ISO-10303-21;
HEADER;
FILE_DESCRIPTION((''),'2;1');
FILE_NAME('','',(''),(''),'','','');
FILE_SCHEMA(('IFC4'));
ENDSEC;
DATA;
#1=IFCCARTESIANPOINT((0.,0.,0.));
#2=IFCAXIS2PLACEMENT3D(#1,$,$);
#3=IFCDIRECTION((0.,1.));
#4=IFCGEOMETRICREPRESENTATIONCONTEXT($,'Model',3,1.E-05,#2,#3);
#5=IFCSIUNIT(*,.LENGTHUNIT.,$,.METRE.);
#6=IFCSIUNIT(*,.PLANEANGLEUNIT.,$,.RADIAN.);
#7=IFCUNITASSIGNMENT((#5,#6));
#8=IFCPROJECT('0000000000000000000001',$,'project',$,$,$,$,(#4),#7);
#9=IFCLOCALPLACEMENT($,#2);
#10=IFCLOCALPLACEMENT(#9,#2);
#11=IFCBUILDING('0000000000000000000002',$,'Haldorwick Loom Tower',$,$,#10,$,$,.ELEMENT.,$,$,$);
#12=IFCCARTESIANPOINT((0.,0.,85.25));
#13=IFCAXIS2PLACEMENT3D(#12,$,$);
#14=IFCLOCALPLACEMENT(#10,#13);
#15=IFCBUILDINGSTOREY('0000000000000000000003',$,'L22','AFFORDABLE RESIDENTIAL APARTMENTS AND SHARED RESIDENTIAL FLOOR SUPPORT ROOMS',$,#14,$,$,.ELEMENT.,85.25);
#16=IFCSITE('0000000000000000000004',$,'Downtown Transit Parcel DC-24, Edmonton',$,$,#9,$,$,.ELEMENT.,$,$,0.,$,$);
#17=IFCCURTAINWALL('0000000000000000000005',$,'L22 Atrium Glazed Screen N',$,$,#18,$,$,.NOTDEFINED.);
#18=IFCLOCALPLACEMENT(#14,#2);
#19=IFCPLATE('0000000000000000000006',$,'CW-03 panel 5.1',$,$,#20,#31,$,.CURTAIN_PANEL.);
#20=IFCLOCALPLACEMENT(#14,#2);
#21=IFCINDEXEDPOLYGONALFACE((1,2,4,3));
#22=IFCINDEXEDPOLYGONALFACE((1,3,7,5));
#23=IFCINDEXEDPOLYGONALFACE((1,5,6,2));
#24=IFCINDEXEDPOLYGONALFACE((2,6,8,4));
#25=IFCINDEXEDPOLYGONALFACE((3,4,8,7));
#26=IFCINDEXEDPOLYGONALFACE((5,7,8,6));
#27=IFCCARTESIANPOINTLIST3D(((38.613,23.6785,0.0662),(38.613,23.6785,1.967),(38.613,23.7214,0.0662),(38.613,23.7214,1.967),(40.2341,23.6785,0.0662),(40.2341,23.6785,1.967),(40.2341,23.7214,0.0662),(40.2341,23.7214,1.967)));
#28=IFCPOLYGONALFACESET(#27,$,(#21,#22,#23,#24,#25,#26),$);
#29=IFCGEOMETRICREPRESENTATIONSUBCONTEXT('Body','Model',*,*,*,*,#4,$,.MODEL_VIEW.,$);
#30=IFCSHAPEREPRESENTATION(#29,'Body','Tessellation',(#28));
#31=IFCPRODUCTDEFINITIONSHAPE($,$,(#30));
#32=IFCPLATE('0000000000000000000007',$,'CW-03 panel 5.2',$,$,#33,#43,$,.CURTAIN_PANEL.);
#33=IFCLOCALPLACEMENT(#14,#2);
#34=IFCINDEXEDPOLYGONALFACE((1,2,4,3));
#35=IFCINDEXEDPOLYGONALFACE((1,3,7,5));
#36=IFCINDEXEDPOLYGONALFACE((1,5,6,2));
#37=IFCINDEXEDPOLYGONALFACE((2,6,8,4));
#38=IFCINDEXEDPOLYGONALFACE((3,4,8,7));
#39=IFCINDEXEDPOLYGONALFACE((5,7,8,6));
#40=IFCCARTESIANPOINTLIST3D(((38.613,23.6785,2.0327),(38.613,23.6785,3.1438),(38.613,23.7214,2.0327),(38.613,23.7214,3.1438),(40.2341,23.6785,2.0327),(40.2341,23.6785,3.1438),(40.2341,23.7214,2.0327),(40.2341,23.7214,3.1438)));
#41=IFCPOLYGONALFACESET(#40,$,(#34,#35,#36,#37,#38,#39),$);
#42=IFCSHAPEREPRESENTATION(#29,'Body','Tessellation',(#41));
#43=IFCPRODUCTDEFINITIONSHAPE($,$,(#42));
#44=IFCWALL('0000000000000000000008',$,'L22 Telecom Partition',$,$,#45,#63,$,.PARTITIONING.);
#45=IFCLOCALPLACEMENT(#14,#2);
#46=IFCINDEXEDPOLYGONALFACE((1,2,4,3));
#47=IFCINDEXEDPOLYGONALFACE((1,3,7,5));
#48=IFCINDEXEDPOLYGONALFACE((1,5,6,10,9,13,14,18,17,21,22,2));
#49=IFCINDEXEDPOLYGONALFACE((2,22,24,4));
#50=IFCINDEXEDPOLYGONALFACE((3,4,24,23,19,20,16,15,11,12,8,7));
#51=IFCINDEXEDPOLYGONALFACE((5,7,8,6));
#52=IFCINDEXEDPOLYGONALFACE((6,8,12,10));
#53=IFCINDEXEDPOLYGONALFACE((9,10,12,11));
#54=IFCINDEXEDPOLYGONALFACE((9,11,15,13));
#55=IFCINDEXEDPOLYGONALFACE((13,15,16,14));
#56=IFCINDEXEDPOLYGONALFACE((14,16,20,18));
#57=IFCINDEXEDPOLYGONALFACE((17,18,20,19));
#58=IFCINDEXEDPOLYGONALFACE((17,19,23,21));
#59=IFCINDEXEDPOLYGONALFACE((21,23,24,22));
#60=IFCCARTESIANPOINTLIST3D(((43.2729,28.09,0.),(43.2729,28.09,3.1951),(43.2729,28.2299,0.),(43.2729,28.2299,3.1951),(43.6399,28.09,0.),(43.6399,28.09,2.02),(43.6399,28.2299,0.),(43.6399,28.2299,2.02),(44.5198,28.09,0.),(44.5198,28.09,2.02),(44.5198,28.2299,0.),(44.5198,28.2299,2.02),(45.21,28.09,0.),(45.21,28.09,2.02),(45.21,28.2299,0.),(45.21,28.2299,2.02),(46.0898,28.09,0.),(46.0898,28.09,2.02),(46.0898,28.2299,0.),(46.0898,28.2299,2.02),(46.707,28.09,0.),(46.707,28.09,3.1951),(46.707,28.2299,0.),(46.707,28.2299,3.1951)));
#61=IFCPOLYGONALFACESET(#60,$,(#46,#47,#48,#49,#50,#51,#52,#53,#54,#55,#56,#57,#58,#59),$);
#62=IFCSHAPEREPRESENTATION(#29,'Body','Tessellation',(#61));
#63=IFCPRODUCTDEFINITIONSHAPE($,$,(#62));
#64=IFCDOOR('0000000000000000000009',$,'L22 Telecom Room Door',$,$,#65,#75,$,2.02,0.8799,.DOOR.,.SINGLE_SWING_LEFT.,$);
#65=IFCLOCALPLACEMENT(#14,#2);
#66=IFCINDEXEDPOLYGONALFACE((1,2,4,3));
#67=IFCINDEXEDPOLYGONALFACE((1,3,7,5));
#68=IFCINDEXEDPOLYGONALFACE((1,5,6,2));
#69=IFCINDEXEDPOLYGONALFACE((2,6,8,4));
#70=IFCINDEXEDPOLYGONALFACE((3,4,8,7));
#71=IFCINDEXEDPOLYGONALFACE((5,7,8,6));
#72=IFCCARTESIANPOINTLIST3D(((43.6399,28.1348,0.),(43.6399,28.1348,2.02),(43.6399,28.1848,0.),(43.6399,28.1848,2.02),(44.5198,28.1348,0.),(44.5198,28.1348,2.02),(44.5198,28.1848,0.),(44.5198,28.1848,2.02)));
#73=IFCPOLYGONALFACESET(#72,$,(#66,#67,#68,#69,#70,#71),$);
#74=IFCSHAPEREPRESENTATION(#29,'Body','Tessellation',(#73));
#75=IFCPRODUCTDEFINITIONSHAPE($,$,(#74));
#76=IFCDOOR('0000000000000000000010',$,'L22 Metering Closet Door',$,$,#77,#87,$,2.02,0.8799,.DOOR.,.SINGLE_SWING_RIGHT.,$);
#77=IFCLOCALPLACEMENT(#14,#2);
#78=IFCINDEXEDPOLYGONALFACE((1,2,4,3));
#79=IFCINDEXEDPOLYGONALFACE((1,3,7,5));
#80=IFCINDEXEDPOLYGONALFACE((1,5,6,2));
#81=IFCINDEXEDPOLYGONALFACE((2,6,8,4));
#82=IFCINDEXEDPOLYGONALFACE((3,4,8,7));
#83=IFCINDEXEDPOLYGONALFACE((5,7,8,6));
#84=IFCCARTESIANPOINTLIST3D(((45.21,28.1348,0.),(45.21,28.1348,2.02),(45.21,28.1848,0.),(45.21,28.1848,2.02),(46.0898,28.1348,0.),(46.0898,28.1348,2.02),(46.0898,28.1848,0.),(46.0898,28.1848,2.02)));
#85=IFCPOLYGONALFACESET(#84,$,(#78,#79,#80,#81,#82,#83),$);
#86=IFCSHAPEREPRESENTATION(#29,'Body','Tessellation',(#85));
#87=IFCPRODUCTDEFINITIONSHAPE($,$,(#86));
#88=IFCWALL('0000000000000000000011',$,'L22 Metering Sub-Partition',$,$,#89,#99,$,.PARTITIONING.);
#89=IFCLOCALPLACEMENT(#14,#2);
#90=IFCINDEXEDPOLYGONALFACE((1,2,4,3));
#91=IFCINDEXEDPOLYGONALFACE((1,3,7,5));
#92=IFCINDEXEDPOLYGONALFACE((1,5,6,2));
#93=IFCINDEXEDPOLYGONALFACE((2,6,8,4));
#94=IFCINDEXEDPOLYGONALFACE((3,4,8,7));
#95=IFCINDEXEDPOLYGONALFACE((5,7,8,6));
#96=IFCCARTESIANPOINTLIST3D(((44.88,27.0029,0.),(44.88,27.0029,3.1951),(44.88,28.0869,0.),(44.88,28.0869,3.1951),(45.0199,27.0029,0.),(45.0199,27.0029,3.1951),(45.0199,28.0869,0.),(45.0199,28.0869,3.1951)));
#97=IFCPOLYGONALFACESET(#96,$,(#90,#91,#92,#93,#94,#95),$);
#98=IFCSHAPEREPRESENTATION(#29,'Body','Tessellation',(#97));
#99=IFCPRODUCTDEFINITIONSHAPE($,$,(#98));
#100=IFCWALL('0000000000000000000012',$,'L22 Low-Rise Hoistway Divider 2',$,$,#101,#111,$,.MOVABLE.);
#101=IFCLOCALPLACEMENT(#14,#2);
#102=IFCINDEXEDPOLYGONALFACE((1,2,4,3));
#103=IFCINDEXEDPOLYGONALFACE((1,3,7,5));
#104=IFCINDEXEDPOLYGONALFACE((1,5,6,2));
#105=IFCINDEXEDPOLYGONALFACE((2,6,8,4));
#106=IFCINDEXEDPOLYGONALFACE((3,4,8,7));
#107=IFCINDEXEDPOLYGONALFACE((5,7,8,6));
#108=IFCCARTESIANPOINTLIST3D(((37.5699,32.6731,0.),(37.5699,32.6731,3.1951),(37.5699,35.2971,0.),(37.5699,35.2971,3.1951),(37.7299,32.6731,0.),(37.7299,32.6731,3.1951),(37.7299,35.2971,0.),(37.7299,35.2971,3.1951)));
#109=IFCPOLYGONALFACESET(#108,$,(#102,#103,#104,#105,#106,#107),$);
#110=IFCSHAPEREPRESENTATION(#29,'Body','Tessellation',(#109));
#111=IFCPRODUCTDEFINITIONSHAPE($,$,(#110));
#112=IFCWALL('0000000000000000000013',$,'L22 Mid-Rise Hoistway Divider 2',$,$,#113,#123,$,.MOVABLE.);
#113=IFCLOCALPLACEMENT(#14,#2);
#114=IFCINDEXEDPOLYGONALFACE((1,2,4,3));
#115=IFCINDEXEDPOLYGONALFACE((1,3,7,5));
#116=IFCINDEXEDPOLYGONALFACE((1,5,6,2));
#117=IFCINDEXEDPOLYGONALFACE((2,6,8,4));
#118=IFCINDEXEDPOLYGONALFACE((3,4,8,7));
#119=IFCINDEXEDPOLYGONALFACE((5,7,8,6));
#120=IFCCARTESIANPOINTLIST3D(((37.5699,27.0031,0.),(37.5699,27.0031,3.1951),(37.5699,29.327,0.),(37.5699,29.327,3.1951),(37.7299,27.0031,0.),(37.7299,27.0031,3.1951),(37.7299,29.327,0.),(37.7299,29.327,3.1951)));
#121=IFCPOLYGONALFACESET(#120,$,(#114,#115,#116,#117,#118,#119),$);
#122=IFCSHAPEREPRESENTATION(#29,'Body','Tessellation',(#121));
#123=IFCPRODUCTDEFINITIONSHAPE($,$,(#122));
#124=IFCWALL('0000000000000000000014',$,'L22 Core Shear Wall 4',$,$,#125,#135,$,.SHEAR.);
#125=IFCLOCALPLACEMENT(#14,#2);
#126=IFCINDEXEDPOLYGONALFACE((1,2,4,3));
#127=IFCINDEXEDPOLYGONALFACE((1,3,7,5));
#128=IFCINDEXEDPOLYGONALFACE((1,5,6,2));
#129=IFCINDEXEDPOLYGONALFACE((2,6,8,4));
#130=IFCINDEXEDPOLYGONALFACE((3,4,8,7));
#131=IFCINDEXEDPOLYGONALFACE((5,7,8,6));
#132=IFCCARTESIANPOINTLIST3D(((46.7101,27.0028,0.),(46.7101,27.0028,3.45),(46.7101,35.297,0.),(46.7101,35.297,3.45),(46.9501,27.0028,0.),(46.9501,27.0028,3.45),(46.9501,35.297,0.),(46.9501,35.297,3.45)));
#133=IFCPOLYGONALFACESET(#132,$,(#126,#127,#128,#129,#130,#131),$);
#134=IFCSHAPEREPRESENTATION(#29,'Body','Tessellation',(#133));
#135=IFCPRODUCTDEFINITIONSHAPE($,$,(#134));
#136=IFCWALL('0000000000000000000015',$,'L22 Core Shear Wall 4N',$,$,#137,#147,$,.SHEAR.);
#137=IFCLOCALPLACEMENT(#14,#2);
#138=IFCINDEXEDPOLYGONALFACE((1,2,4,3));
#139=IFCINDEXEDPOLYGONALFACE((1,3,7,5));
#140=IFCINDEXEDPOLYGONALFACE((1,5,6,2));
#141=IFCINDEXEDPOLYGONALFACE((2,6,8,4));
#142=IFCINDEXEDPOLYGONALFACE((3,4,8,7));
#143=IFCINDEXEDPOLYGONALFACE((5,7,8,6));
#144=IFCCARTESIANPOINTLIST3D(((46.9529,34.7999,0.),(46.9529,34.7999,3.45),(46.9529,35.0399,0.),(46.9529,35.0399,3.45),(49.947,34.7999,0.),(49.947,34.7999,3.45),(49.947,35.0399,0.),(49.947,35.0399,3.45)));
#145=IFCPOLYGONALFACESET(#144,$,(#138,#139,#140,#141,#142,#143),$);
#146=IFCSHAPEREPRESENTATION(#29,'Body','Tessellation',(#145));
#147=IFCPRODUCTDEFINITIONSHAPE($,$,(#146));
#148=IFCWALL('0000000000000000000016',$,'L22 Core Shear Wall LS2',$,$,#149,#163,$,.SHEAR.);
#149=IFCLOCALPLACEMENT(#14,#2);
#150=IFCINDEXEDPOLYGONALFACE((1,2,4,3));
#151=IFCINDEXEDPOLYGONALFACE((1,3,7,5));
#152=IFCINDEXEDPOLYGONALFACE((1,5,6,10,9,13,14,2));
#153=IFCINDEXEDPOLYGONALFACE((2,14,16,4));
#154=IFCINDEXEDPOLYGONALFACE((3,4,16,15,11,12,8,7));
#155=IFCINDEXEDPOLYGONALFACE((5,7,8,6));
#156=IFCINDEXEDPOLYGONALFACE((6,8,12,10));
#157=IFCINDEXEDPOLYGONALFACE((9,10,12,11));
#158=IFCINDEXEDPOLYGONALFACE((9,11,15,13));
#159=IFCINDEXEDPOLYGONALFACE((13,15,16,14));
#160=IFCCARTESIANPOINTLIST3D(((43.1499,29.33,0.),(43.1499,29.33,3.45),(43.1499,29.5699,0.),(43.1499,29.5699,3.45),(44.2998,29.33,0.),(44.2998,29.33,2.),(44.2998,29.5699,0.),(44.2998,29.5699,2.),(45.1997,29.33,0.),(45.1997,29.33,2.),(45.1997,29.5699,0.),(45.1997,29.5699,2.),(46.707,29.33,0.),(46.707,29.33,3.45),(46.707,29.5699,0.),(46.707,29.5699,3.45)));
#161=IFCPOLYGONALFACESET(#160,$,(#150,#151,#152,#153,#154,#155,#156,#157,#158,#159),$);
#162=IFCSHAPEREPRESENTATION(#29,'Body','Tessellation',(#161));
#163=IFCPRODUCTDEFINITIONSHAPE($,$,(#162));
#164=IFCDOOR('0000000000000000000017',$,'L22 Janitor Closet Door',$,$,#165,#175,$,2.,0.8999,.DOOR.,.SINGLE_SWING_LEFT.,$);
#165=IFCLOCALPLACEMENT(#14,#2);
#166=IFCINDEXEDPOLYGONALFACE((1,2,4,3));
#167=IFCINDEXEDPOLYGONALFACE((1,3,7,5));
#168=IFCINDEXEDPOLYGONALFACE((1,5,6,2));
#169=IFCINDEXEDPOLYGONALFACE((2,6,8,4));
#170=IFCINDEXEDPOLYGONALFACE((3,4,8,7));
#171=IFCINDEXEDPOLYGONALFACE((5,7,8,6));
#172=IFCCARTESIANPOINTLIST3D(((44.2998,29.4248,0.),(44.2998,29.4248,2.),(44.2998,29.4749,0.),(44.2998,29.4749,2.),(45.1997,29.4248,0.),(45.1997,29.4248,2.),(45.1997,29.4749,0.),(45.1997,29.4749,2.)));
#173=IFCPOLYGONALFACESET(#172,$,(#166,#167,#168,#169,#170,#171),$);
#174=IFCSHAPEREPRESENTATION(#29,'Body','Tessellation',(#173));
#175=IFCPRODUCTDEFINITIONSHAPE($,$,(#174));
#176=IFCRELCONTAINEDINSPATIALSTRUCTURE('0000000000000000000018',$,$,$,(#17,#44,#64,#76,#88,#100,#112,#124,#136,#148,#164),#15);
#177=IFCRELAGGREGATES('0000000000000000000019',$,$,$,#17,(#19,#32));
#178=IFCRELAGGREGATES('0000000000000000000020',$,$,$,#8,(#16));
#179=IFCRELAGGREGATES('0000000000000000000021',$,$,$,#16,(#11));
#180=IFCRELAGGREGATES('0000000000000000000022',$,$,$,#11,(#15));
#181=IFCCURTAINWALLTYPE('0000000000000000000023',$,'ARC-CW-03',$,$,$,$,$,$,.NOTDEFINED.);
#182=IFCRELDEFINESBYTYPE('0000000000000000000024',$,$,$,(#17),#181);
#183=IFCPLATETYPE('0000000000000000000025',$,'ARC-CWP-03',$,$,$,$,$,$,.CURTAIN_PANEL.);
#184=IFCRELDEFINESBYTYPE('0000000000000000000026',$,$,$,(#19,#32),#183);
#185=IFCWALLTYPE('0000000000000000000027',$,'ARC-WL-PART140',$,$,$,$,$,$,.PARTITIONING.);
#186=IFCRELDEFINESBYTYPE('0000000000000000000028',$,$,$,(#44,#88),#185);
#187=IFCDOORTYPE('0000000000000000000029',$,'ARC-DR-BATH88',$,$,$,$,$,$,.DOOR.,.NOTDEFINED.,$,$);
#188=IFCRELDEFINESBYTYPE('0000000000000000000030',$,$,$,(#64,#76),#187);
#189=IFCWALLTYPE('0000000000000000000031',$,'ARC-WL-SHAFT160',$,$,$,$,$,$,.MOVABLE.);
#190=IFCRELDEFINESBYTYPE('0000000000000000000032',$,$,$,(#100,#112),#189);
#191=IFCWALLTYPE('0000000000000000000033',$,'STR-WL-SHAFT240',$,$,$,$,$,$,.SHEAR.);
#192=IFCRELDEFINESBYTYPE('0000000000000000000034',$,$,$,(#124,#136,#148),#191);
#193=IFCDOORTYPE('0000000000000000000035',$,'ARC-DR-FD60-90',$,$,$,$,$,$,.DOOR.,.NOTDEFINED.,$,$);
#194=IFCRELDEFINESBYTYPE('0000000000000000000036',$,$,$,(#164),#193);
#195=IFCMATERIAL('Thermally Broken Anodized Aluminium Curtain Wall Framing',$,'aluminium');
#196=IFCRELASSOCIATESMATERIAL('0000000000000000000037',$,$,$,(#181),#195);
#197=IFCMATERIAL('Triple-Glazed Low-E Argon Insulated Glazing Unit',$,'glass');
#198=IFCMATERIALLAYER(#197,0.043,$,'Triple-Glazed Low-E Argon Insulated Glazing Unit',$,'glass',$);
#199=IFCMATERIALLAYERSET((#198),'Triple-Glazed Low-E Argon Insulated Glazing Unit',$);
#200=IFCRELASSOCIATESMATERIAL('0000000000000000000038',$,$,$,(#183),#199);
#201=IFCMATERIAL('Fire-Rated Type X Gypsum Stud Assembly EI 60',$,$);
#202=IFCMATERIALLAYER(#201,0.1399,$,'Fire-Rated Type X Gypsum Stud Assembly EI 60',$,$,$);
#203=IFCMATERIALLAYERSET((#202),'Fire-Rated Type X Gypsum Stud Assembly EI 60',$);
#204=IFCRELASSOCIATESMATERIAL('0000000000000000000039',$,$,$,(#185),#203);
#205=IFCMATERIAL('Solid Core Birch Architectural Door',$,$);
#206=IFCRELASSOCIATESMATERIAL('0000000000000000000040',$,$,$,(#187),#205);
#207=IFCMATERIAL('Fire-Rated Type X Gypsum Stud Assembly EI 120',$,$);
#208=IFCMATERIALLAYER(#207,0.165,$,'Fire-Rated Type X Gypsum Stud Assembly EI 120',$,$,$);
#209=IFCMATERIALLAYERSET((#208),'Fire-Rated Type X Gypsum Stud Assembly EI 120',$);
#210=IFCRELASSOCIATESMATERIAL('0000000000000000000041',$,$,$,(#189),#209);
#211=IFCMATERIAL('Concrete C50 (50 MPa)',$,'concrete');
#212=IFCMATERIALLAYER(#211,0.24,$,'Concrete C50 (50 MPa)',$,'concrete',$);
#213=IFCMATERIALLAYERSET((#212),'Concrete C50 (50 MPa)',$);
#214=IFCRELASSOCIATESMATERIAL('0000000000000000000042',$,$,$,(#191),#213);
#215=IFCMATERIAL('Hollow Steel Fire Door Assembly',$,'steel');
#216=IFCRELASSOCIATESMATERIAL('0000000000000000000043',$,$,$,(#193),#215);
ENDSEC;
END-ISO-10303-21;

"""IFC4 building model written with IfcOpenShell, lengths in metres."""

from ifc_helpers import new_model, si_unit, direction, frame, frame_2d, origin, origin_2d, place, context, subcontext, project, spatial, rectangle, extrude, material, layer, layer_set, type_object, element, fill, aggregate, save


model = new_model("IFC4")

# Units and contexts
model_context = context("Model", 3, precision=1e-05, world=origin(), true_north=direction((0.0, 1.0)))
body_context = subcontext(model_context, "Body", "Model", "MODEL_VIEW")
ifc_project = project(units=[si_unit("LENGTHUNIT", "METRE"), si_unit("PLANEANGLEUNIT", "RADIAN")], contexts=[model_context])

# Site, building, storey
site_placement = place(None, origin())
site = spatial("IfcSite", under=ifc_project, at=site_placement, Name="Downtown Transit Parcel DC-24, Edmonton", CompositionType="ELEMENT", RefElevation=0.0)
building_placement = place(site_placement, origin())
building = spatial("IfcBuilding", under=site, at=building_placement, Name="Haldorwick Loom Tower", CompositionType="ELEMENT")
storey_placement = place(building_placement, frame((0.0, 0.0, 85.25)))
storey = spatial("IfcBuildingStorey", under=building, at=storey_placement, Name="L22", Description="AFFORDABLE RESIDENTIAL APARTMENTS AND SHARED RESIDENTIAL FLOOR SUPPORT ROOMS", CompositionType="ELEMENT", Elevation=85.25)

# Curtain wall
ifc_material_1 = material(Name="Thermally Broken Anodized Aluminium Curtain Wall Framing", Category="aluminium")
curtain_wall_type = type_object("IfcCurtainWallType", Name="ARC-CW-03", PredefinedType="NOTDEFINED", material=ifc_material_1)
curtain_wall_placement = place(storey_placement, origin())
curtain_wall = element("IfcCurtainWall", 1, at=curtain_wall_placement, inside=storey, type_object=curtain_wall_type, Name="L22 Atrium Glazed Screen N", PredefinedType="NOTDEFINED")

# Plates
ifc_material_2 = material(Name="Triple-Glazed Low-E Argon Insulated Glazing Unit", Category="glass")
ifc_layer_1 = layer(ifc_material_2, 0.043, Name="Triple-Glazed Low-E Argon Insulated Glazing Unit", Category="glass")
ifc_layer_set_1 = layer_set([ifc_layer_1], Name="Triple-Glazed Low-E Argon Insulated Glazing Unit")
plate_type = type_object("IfcPlateType", Name="ARC-CWP-03", PredefinedType="CURTAIN_PANEL", material=ifc_layer_set_1)
plate_1_placement = place(storey_placement, frame((39.4236, 23.7, 0.0662), z_axis=(0.0, 0.0, 1.0), x_axis=(1.0, 0.0, 0.0)))
plate_1 = element("IfcPlate", 2, at=plate_1_placement, type_object=plate_type, Name="CW-03 panel 5.1", PredefinedType="CURTAIN_PANEL", context=body_context, shape_type="SweptSolid", body=[
    extrude(rectangle(XDim=1.6211, YDim=0.043, at=origin_2d()), origin(), (0.0, 0.0, 1.0), 1.9009),
])
plate_2_placement = place(storey_placement, frame((39.4236, 23.7, 2.0327), z_axis=(0.0, 0.0, 1.0), x_axis=(1.0, 0.0, 0.0)))
plate_2 = element("IfcPlate", 3, at=plate_2_placement, type_object=plate_type, Name="CW-03 panel 5.2", PredefinedType="CURTAIN_PANEL", context=body_context, shape_type="SweptSolid", body=[
    extrude(rectangle(XDim=1.6211, YDim=0.043, at=origin_2d()), origin(), (0.0, 0.0, 1.0), 1.1111),
])
aggregate(curtain_wall, [plate_1, plate_2])

# Wall, openings, doors
ifc_material_3 = material(Name="Fire-Rated Type X Gypsum Stud Assembly EI 60")
ifc_layer_2 = layer(ifc_material_3, 0.1399, Name="Fire-Rated Type X Gypsum Stud Assembly EI 60")
ifc_layer_set_2 = layer_set([ifc_layer_2], Name="Fire-Rated Type X Gypsum Stud Assembly EI 60")
wall_type_1 = type_object("IfcWallType", Name="ARC-WL-PART140", PredefinedType="PARTITIONING", material=ifc_layer_set_2)
wall_1_placement = place(storey_placement, frame((43.2729, 28.1599, 0.0), z_axis=(0.0, 0.0, 1.0), x_axis=(1.0, 0.0, 0.0)))
wall_1 = element("IfcWall", 4, at=wall_1_placement, inside=storey, type_object=wall_type_1, Name="L22 Telecom Partition", PredefinedType="PARTITIONING", context=body_context, shape_type="SweptSolid", body=[
    extrude(rectangle(XDim=3.4341, YDim=0.1399, at=frame_2d((1.717, 0.0))), origin(), (0.0, 0.0, 1.0), 3.1951),
])
opening_1_placement = place(wall_1_placement, frame((0.3669, 0.0, 0.0)))
opening_1 = element("IfcOpeningElement", 5, at=opening_1_placement, cuts=wall_1, PredefinedType="OPENING", context=body_context, shape_type="SweptSolid", body=[
    extrude(rectangle(XDim=0.8799, YDim=2.02, at=frame_2d((0.4399, 1.01))), frame((0.0, 0.0798, 0.0), z_axis=(0.0, -1.0, 0.0), x_axis=(1.0, 0.0, 0.0)), (0.0, 0.0, 1.0), 0.1599),
])
opening_2_placement = place(wall_1_placement, frame((1.937, 0.0, 0.0)))
opening_2 = element("IfcOpeningElement", 6, at=opening_2_placement, cuts=wall_1, PredefinedType="OPENING", context=body_context, shape_type="SweptSolid", body=[
    extrude(rectangle(XDim=0.8799, YDim=2.02, at=frame_2d((0.4399, 1.01))), frame((0.0, 0.0798, 0.0), z_axis=(0.0, -1.0, 0.0), x_axis=(1.0, 0.0, 0.0)), (0.0, 0.0, 1.0), 0.1599),
])
ifc_material_4 = material(Name="Solid Core Birch Architectural Door")
door_type_1 = type_object("IfcDoorType", Name="ARC-DR-BATH88", OperationType="NOTDEFINED", PredefinedType="DOOR", material=ifc_material_4)
door_1_placement = place(opening_1_placement, origin())
door_1 = element("IfcDoor", 7, at=door_1_placement, inside=storey, type_object=door_type_1, Name="L22 Telecom Room Door", OperationType="SINGLE_SWING_LEFT", OverallHeight=2.02, OverallWidth=0.8799, PredefinedType="DOOR", context=body_context, shape_type="SweptSolid", body=[
    extrude(rectangle(XDim=0.8799, YDim=2.02, at=frame_2d((0.4399, 1.01))), frame((0.0, 0.0249, 0.0), z_axis=(0.0, -1.0, 0.0), x_axis=(1.0, 0.0, 0.0)), (0.0, 0.0, 1.0), 0.05),
])
fill(opening_1, door_1)
door_2_placement = place(opening_2_placement, origin())
door_2 = element("IfcDoor", 8, at=door_2_placement, inside=storey, type_object=door_type_1, Name="L22 Metering Closet Door", OperationType="SINGLE_SWING_RIGHT", OverallHeight=2.02, OverallWidth=0.8799, PredefinedType="DOOR", context=body_context, shape_type="SweptSolid", body=[
    extrude(rectangle(XDim=0.8799, YDim=2.02, at=frame_2d((0.4399, 1.01))), frame((0.0, 0.0249, 0.0), z_axis=(0.0, -1.0, 0.0), x_axis=(1.0, 0.0, 0.0)), (0.0, 0.0, 1.0), 0.05),
])
fill(opening_2, door_2)

# Walls
wall_2_placement = place(storey_placement, frame((44.95, 27.0029, 0.0), z_axis=(0.0, 0.0, 1.0), x_axis=(0.0, 1.0, 0.0)))
element("IfcWall", 9, at=wall_2_placement, inside=storey, type_object=wall_type_1, Name="L22 Metering Sub-Partition", PredefinedType="PARTITIONING", context=body_context, shape_type="SweptSolid", body=[
    extrude(rectangle(XDim=1.084, YDim=0.1399, at=frame_2d((0.542, 0.0))), origin(), (0.0, 0.0, 1.0), 3.1951),
])
ifc_material_5 = material(Name="Fire-Rated Type X Gypsum Stud Assembly EI 120")
ifc_layer_3 = layer(ifc_material_5, 0.165, Name="Fire-Rated Type X Gypsum Stud Assembly EI 120")
ifc_layer_set_3 = layer_set([ifc_layer_3], Name="Fire-Rated Type X Gypsum Stud Assembly EI 120")
wall_type_2 = type_object("IfcWallType", Name="ARC-WL-SHAFT160", PredefinedType="MOVABLE", material=ifc_layer_set_3)
wall_3_placement = place(storey_placement, frame((37.6499, 32.6731, 0.0), z_axis=(0.0, 0.0, 1.0), x_axis=(0.0, 1.0, 0.0)))
element("IfcWall", 10, at=wall_3_placement, inside=storey, type_object=wall_type_2, Name="L22 Low-Rise Hoistway Divider 2", PredefinedType="MOVABLE", context=body_context, shape_type="SweptSolid", body=[
    extrude(rectangle(XDim=2.624, YDim=0.1599, at=frame_2d((1.312, 0.0))), origin(), (0.0, 0.0, 1.0), 3.1951),
])
wall_4_placement = place(storey_placement, frame((37.6499, 27.0029, 0.0), z_axis=(0.0, 0.0, 1.0), x_axis=(0.0, 1.0, 0.0)))
element("IfcWall", 11, at=wall_4_placement, inside=storey, type_object=wall_type_2, Name="L22 Mid-Rise Hoistway Divider 2", PredefinedType="MOVABLE", context=body_context, shape_type="SweptSolid", body=[
    extrude(rectangle(XDim=2.324, YDim=0.1599, at=frame_2d((1.1621, 0.0))), origin(), (0.0, 0.0, 1.0), 3.1951),
])
ifc_material_6 = material(Name="Concrete C50 (50 MPa)", Category="concrete")
ifc_layer_4 = layer(ifc_material_6, 0.24, Name="Concrete C50 (50 MPa)", Category="concrete")
ifc_layer_set_4 = layer_set([ifc_layer_4], Name="Concrete C50 (50 MPa)")
wall_type_3 = type_object("IfcWallType", Name="STR-WL-SHAFT240", PredefinedType="SHEAR", material=ifc_layer_set_4)
wall_5_placement = place(storey_placement, frame((46.8301, 27.0029, 0.0), z_axis=(0.0, 0.0, 1.0), x_axis=(0.0, 1.0, 0.0)))
element("IfcWall", 12, at=wall_5_placement, inside=storey, type_object=wall_type_3, Name="L22 Core Shear Wall 4", PredefinedType="SHEAR", context=body_context, shape_type="SweptSolid", body=[
    extrude(rectangle(XDim=8.2942, YDim=0.24, at=frame_2d((4.147, 0.0))), origin(), (0.0, 0.0, 1.0), 3.45),
])
wall_6_placement = place(storey_placement, frame((46.9529, 34.9199, 0.0), z_axis=(0.0, 0.0, 1.0), x_axis=(1.0, 0.0, 0.0)))
element("IfcWall", 13, at=wall_6_placement, inside=storey, type_object=wall_type_3, Name="L22 Core Shear Wall 4N", PredefinedType="SHEAR", context=body_context, shape_type="SweptSolid", body=[
    extrude(rectangle(XDim=2.9941, YDim=0.24, at=frame_2d((1.4971, 0.0))), origin(), (0.0, 0.0, 1.0), 3.45),
])

# Wall, opening, door
wall_7_placement = place(storey_placement, frame((43.1499, 29.45, 0.0), z_axis=(0.0, 0.0, 1.0), x_axis=(1.0, 0.0, 0.0)))
wall_7 = element("IfcWall", 14, at=wall_7_placement, inside=storey, type_object=wall_type_3, Name="L22 Core Shear Wall LS2", PredefinedType="SHEAR", context=body_context, shape_type="SweptSolid", body=[
    extrude(rectangle(XDim=3.5571, YDim=0.24, at=frame_2d((1.7786, 0.0))), origin(), (0.0, 0.0, 1.0), 3.45),
])
opening_3_placement = place(wall_7_placement, frame((1.1499, 0.0, 0.0)))
opening_3 = element("IfcOpeningElement", 15, at=opening_3_placement, cuts=wall_7, PredefinedType="OPENING", context=body_context, shape_type="SweptSolid", body=[
    extrude(rectangle(XDim=0.8999, YDim=2.0, at=frame_2d((0.45, 1.0))), frame((0.0, 0.1299, 0.0), z_axis=(0.0, -1.0, 0.0), x_axis=(1.0, 0.0, 0.0)), (0.0, 0.0, 1.0), 0.26),
])
ifc_material_7 = material(Name="Hollow Steel Fire Door Assembly", Category="steel")
door_type_2 = type_object("IfcDoorType", Name="ARC-DR-FD60-90", OperationType="NOTDEFINED", PredefinedType="DOOR", material=ifc_material_7)
door_3_placement = place(opening_3_placement, origin())
door_3 = element("IfcDoor", 16, at=door_3_placement, inside=storey, type_object=door_type_2, Name="L22 Janitor Closet Door", OperationType="SINGLE_SWING_LEFT", OverallHeight=2.0, OverallWidth=0.8999, PredefinedType="DOOR", context=body_context, shape_type="SweptSolid", body=[
    extrude(rectangle(XDim=0.8999, YDim=2.0, at=frame_2d((0.45, 1.0))), frame((0.0, 0.0249, 0.0), z_axis=(0.0, -1.0, 0.0), x_axis=(1.0, 0.0, 0.0)), (0.0, 0.0, 1.0), 0.05),
])
fill(opening_3, door_3)

save(model, "model.ifc")
